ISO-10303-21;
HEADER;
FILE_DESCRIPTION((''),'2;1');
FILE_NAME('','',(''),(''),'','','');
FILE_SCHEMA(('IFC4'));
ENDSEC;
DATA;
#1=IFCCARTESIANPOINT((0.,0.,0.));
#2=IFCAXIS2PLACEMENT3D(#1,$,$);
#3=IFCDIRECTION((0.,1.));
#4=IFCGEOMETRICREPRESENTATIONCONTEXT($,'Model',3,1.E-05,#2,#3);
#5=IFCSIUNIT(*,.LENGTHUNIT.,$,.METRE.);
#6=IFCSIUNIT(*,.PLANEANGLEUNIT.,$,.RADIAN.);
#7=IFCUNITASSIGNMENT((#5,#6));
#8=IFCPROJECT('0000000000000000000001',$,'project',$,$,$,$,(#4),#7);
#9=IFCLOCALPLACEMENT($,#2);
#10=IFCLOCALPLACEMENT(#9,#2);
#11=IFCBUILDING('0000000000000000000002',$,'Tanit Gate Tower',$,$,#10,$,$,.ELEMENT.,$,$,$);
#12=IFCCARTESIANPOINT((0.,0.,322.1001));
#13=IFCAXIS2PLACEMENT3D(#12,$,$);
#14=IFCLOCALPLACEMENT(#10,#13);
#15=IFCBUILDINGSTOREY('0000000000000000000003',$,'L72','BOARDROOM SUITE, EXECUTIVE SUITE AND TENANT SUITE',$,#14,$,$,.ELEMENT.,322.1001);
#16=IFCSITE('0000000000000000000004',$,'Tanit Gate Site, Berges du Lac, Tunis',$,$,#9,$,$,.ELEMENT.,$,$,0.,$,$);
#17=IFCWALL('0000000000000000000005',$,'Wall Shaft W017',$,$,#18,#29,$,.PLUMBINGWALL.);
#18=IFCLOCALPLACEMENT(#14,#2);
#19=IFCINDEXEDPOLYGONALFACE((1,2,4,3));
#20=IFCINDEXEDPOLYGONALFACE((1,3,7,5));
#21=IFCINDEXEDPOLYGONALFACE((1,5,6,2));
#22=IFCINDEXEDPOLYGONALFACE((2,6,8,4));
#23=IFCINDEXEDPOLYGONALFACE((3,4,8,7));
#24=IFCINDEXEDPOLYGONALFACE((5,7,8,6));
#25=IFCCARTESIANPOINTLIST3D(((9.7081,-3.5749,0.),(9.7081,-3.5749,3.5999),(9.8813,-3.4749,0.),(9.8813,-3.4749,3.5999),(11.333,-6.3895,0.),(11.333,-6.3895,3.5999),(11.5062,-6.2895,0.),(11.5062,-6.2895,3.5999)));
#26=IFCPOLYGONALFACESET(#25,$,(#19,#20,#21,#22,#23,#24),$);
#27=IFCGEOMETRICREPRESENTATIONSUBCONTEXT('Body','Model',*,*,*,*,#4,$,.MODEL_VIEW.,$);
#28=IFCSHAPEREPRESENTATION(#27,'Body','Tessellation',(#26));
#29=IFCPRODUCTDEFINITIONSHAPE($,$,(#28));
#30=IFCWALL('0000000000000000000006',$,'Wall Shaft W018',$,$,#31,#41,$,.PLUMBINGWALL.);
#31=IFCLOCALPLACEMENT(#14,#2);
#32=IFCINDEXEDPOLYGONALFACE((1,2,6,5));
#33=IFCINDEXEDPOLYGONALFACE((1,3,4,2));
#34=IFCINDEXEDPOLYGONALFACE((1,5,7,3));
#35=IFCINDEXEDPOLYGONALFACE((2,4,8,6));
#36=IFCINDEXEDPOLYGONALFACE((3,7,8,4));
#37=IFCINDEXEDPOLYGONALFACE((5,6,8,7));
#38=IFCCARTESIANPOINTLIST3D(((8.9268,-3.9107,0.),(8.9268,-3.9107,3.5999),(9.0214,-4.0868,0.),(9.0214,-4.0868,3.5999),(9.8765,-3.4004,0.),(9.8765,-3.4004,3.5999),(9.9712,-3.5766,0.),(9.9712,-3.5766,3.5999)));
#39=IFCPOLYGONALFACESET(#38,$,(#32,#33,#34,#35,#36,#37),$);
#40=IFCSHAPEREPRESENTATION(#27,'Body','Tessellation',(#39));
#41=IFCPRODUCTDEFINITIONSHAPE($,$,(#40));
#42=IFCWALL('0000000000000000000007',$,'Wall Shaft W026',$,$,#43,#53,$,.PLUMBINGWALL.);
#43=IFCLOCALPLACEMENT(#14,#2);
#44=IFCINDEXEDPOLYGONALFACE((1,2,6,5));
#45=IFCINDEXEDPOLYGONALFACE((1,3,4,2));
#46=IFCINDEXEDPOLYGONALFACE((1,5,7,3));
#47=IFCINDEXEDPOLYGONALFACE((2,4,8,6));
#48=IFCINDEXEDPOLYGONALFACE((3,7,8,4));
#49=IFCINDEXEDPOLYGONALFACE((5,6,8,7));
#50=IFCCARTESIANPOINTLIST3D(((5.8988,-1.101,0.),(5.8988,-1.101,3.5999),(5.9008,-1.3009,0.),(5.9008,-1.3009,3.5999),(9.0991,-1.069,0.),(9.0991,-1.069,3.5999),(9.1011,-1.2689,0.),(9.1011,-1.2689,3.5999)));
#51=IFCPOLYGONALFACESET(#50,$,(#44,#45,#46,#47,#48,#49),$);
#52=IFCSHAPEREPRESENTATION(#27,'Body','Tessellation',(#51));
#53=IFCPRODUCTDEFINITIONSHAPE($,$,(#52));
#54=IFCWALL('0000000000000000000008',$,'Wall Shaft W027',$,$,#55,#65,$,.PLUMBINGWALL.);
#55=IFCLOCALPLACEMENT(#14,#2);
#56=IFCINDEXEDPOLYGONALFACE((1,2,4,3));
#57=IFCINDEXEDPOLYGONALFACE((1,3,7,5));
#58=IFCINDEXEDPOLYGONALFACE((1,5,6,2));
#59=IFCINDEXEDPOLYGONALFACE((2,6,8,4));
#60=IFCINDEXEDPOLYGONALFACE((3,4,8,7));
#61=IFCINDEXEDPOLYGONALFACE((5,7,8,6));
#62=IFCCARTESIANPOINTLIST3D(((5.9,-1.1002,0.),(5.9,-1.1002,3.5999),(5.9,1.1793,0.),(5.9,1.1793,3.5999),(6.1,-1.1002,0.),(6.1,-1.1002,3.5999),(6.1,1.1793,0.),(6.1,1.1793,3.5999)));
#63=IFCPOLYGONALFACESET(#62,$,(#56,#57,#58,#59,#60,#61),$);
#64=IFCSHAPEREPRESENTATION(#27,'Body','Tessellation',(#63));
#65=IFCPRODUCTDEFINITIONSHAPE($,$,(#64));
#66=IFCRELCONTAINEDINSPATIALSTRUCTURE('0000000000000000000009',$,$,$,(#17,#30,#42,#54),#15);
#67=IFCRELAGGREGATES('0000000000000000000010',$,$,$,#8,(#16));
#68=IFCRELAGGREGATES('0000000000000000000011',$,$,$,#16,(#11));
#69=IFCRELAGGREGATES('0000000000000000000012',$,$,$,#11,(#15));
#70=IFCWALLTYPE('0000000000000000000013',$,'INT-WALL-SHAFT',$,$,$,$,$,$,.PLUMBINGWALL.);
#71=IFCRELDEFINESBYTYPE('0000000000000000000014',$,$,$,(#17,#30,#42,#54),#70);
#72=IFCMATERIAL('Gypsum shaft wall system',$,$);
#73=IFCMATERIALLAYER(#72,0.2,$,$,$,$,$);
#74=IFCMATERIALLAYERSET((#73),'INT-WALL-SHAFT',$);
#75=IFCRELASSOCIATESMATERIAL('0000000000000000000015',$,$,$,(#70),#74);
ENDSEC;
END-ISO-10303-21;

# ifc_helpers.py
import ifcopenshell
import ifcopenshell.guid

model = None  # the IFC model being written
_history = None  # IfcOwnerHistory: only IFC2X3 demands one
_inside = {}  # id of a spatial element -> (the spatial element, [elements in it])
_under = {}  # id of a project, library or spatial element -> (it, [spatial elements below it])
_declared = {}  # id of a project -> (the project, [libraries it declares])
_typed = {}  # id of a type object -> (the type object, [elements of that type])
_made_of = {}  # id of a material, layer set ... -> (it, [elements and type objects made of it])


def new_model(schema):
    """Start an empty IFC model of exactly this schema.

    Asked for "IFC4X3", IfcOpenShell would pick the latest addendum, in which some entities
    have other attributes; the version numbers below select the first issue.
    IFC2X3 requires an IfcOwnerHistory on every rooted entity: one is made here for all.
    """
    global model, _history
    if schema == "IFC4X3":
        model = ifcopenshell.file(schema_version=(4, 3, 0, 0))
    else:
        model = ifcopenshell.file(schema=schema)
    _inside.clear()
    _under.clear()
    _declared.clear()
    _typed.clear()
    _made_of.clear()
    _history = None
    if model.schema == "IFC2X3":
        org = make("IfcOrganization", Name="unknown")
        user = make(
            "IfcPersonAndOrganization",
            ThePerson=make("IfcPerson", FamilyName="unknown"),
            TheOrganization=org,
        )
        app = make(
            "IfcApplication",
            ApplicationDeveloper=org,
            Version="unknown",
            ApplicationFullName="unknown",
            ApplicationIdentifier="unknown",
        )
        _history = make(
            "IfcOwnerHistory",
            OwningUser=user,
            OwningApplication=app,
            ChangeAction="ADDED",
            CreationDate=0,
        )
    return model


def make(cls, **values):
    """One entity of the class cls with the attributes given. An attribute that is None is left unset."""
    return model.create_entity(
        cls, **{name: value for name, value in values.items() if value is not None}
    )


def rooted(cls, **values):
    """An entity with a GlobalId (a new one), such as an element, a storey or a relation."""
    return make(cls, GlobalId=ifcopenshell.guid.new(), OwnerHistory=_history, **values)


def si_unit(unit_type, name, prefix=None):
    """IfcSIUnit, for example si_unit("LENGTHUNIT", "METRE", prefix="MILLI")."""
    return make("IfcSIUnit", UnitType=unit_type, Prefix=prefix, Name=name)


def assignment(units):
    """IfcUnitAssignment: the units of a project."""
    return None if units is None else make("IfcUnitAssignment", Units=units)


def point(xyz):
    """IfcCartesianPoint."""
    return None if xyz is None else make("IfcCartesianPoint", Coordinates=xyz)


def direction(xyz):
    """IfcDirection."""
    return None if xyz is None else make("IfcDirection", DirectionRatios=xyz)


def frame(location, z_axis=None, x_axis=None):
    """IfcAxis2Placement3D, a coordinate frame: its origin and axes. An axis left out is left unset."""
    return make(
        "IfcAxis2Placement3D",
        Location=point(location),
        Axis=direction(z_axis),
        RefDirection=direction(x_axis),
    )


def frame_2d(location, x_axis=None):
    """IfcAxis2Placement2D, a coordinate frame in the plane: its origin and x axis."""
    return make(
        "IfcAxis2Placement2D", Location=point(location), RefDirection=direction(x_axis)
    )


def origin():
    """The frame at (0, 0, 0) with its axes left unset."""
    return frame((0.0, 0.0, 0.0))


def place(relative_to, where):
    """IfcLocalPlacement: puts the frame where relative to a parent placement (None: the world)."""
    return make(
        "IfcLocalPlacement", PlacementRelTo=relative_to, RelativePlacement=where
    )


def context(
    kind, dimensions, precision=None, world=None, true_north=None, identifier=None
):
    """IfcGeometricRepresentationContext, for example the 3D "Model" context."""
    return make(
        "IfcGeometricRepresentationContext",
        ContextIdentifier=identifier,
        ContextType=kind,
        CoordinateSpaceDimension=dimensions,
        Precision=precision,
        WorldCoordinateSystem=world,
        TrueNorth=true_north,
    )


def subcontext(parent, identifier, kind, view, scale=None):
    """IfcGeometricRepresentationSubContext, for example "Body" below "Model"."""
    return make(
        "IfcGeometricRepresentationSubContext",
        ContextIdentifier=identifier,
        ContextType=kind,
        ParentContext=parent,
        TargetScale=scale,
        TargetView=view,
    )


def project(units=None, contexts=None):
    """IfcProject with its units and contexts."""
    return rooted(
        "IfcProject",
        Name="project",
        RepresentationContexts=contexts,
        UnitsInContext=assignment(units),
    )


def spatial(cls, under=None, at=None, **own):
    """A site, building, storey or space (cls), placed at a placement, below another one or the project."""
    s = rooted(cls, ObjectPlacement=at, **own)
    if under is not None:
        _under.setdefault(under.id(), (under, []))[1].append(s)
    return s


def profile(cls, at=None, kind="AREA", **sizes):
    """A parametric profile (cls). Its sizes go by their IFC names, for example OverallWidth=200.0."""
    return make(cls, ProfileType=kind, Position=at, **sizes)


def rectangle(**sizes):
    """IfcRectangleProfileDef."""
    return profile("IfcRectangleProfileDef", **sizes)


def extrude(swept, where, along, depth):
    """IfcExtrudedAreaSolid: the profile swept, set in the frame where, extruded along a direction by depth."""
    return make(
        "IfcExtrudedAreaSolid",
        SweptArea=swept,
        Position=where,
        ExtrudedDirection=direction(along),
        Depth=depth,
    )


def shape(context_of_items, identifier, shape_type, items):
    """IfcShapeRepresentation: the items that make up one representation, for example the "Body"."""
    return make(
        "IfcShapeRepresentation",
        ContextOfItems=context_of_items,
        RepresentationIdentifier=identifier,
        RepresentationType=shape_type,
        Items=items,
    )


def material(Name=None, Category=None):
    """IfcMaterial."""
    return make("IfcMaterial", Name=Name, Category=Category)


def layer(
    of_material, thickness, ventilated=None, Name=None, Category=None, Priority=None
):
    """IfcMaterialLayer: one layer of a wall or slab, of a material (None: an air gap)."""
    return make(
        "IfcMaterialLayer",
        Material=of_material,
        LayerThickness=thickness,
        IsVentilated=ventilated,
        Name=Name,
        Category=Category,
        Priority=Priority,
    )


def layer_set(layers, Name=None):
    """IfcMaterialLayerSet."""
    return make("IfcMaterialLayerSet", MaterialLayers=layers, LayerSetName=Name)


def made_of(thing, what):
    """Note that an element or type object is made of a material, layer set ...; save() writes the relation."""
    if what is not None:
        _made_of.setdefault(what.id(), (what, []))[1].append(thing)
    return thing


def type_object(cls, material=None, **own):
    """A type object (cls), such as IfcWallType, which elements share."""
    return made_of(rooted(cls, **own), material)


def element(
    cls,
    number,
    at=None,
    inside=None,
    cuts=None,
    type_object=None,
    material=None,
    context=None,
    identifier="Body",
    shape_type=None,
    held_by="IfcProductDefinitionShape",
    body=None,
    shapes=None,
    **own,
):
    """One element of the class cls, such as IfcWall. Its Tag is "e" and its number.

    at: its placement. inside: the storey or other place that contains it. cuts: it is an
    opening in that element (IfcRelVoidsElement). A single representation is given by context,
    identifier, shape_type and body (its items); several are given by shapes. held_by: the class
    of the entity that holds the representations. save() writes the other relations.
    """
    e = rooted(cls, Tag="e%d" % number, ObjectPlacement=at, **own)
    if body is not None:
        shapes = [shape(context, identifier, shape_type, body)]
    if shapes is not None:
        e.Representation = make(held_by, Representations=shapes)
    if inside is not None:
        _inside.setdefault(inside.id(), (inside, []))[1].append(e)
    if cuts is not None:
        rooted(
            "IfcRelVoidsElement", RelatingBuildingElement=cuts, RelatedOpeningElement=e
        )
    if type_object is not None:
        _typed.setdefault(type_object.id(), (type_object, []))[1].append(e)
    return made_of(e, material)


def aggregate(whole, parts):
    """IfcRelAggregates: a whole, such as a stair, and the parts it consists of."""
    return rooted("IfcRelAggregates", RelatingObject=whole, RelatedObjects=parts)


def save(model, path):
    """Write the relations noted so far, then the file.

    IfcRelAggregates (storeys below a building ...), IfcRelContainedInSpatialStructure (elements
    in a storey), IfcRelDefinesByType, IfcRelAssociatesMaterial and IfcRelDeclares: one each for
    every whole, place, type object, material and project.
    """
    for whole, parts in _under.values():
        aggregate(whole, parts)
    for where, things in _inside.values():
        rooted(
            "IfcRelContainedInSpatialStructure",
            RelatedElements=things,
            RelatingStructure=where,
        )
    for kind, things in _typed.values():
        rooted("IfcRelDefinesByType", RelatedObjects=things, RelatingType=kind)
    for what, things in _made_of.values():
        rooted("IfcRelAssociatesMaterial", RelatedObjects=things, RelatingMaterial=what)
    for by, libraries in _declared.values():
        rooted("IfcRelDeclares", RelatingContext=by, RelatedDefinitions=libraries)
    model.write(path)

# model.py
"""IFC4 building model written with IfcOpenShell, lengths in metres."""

from ifc_helpers import new_model, si_unit, direction, frame, frame_2d, origin, place, context, subcontext, project, spatial, rectangle, extrude, material, layer, layer_set, type_object, element, save


model = new_model("IFC4")

# Units and contexts
model_context = context("Model", 3, precision=1e-05, world=origin(), true_north=direction((0.0, 1.0)))
body_context = subcontext(model_context, "Body", "Model", "MODEL_VIEW")
ifc_project = project(units=[si_unit("LENGTHUNIT", "METRE"), si_unit("PLANEANGLEUNIT", "RADIAN")], contexts=[model_context])

# Site, building, storey
site_placement = place(None, origin())
site = spatial("IfcSite", under=ifc_project, at=site_placement, Name="Tanit Gate Site, Berges du Lac, Tunis", CompositionType="ELEMENT", RefElevation=0.0)
building_placement = place(site_placement, origin())
building = spatial("IfcBuilding", under=site, at=building_placement, Name="Tanit Gate Tower", CompositionType="ELEMENT")
storey_placement = place(building_placement, frame((0.0, 0.0, 322.1001)))
storey = spatial("IfcBuildingStorey", under=building, at=storey_placement, Name="L72", Description="BOARDROOM SUITE, EXECUTIVE SUITE AND TENANT SUITE", CompositionType="ELEMENT", Elevation=322.1001)

# Walls
ifc_material_1 = material(Name="Gypsum shaft wall system")
ifc_layer_1 = layer(ifc_material_1, 0.2)
ifc_layer_set_1 = layer_set([ifc_layer_1], Name="INT-WALL-SHAFT")
wall_type_1 = type_object("IfcWallType", Name="INT-WALL-SHAFT", PredefinedType="PLUMBINGWALL", material=ifc_layer_set_1)
wall_1_placement = place(storey_placement, frame((9.7947, -3.5249, 0.0), z_axis=(0.0, 0.0, 1.0), x_axis=(0.499985, -0.866034, 0.0)))
element("IfcWall", 1, at=wall_1_placement, inside=storey, type_object=wall_type_1, Name="Wall Shaft W017", PredefinedType="PLUMBINGWALL", context=body_context, shape_type="SweptSolid", body=[
    extrude(rectangle(XDim=3.25, YDim=0.2, at=frame_2d((1.625, 0.0))), origin(), (0.0, 0.0, 1.0), 3.5999),
])
wall_2_placement = place(storey_placement, frame((8.9741, -3.9988, 0.0), z_axis=(0.0, 0.0, 1.0), x_axis=(0.880907, 0.473289, 0.0)))
element("IfcWall", 2, at=wall_2_placement, inside=storey, type_object=wall_type_1, Name="Wall Shaft W018", PredefinedType="PLUMBINGWALL", context=body_context, shape_type="SweptSolid", body=[
    extrude(rectangle(XDim=1.0781, YDim=0.2, at=frame_2d((0.5391, 0.0))), origin(), (0.0, 0.0, 1.0), 3.5999),
])
wall_3_placement = place(storey_placement, frame((5.8999, -1.2009, 0.0), z_axis=(0.0, 0.0, 1.0), x_axis=(0.99995, 0.009993, 0.0)))
element("IfcWall", 3, at=wall_3_placement, inside=storey, type_object=wall_type_1, Name="Wall Shaft W026", PredefinedType="PLUMBINGWALL", context=body_context, shape_type="SweptSolid", body=[
    extrude(rectangle(XDim=3.2004, YDim=0.2, at=frame_2d((1.6001, 0.0))), origin(), (0.0, 0.0, 1.0), 3.5999),
])
wall_4_placement = place(storey_placement, frame((6.0, -1.1001, 0.0), z_axis=(0.0, 0.0, 1.0), x_axis=(0.0, 1.0, 0.0)))
element("IfcWall", 4, at=wall_4_placement, inside=storey, type_object=wall_type_1, Name="Wall Shaft W027", PredefinedType="PLUMBINGWALL", context=body_context, shape_type="SweptSolid", body=[
    extrude(rectangle(XDim=2.2795, YDim=0.2, at=frame_2d((1.1396, 0.0))), origin(), (0.0, 0.0, 1.0), 3.5999),
])

save(model, "model.ifc")
